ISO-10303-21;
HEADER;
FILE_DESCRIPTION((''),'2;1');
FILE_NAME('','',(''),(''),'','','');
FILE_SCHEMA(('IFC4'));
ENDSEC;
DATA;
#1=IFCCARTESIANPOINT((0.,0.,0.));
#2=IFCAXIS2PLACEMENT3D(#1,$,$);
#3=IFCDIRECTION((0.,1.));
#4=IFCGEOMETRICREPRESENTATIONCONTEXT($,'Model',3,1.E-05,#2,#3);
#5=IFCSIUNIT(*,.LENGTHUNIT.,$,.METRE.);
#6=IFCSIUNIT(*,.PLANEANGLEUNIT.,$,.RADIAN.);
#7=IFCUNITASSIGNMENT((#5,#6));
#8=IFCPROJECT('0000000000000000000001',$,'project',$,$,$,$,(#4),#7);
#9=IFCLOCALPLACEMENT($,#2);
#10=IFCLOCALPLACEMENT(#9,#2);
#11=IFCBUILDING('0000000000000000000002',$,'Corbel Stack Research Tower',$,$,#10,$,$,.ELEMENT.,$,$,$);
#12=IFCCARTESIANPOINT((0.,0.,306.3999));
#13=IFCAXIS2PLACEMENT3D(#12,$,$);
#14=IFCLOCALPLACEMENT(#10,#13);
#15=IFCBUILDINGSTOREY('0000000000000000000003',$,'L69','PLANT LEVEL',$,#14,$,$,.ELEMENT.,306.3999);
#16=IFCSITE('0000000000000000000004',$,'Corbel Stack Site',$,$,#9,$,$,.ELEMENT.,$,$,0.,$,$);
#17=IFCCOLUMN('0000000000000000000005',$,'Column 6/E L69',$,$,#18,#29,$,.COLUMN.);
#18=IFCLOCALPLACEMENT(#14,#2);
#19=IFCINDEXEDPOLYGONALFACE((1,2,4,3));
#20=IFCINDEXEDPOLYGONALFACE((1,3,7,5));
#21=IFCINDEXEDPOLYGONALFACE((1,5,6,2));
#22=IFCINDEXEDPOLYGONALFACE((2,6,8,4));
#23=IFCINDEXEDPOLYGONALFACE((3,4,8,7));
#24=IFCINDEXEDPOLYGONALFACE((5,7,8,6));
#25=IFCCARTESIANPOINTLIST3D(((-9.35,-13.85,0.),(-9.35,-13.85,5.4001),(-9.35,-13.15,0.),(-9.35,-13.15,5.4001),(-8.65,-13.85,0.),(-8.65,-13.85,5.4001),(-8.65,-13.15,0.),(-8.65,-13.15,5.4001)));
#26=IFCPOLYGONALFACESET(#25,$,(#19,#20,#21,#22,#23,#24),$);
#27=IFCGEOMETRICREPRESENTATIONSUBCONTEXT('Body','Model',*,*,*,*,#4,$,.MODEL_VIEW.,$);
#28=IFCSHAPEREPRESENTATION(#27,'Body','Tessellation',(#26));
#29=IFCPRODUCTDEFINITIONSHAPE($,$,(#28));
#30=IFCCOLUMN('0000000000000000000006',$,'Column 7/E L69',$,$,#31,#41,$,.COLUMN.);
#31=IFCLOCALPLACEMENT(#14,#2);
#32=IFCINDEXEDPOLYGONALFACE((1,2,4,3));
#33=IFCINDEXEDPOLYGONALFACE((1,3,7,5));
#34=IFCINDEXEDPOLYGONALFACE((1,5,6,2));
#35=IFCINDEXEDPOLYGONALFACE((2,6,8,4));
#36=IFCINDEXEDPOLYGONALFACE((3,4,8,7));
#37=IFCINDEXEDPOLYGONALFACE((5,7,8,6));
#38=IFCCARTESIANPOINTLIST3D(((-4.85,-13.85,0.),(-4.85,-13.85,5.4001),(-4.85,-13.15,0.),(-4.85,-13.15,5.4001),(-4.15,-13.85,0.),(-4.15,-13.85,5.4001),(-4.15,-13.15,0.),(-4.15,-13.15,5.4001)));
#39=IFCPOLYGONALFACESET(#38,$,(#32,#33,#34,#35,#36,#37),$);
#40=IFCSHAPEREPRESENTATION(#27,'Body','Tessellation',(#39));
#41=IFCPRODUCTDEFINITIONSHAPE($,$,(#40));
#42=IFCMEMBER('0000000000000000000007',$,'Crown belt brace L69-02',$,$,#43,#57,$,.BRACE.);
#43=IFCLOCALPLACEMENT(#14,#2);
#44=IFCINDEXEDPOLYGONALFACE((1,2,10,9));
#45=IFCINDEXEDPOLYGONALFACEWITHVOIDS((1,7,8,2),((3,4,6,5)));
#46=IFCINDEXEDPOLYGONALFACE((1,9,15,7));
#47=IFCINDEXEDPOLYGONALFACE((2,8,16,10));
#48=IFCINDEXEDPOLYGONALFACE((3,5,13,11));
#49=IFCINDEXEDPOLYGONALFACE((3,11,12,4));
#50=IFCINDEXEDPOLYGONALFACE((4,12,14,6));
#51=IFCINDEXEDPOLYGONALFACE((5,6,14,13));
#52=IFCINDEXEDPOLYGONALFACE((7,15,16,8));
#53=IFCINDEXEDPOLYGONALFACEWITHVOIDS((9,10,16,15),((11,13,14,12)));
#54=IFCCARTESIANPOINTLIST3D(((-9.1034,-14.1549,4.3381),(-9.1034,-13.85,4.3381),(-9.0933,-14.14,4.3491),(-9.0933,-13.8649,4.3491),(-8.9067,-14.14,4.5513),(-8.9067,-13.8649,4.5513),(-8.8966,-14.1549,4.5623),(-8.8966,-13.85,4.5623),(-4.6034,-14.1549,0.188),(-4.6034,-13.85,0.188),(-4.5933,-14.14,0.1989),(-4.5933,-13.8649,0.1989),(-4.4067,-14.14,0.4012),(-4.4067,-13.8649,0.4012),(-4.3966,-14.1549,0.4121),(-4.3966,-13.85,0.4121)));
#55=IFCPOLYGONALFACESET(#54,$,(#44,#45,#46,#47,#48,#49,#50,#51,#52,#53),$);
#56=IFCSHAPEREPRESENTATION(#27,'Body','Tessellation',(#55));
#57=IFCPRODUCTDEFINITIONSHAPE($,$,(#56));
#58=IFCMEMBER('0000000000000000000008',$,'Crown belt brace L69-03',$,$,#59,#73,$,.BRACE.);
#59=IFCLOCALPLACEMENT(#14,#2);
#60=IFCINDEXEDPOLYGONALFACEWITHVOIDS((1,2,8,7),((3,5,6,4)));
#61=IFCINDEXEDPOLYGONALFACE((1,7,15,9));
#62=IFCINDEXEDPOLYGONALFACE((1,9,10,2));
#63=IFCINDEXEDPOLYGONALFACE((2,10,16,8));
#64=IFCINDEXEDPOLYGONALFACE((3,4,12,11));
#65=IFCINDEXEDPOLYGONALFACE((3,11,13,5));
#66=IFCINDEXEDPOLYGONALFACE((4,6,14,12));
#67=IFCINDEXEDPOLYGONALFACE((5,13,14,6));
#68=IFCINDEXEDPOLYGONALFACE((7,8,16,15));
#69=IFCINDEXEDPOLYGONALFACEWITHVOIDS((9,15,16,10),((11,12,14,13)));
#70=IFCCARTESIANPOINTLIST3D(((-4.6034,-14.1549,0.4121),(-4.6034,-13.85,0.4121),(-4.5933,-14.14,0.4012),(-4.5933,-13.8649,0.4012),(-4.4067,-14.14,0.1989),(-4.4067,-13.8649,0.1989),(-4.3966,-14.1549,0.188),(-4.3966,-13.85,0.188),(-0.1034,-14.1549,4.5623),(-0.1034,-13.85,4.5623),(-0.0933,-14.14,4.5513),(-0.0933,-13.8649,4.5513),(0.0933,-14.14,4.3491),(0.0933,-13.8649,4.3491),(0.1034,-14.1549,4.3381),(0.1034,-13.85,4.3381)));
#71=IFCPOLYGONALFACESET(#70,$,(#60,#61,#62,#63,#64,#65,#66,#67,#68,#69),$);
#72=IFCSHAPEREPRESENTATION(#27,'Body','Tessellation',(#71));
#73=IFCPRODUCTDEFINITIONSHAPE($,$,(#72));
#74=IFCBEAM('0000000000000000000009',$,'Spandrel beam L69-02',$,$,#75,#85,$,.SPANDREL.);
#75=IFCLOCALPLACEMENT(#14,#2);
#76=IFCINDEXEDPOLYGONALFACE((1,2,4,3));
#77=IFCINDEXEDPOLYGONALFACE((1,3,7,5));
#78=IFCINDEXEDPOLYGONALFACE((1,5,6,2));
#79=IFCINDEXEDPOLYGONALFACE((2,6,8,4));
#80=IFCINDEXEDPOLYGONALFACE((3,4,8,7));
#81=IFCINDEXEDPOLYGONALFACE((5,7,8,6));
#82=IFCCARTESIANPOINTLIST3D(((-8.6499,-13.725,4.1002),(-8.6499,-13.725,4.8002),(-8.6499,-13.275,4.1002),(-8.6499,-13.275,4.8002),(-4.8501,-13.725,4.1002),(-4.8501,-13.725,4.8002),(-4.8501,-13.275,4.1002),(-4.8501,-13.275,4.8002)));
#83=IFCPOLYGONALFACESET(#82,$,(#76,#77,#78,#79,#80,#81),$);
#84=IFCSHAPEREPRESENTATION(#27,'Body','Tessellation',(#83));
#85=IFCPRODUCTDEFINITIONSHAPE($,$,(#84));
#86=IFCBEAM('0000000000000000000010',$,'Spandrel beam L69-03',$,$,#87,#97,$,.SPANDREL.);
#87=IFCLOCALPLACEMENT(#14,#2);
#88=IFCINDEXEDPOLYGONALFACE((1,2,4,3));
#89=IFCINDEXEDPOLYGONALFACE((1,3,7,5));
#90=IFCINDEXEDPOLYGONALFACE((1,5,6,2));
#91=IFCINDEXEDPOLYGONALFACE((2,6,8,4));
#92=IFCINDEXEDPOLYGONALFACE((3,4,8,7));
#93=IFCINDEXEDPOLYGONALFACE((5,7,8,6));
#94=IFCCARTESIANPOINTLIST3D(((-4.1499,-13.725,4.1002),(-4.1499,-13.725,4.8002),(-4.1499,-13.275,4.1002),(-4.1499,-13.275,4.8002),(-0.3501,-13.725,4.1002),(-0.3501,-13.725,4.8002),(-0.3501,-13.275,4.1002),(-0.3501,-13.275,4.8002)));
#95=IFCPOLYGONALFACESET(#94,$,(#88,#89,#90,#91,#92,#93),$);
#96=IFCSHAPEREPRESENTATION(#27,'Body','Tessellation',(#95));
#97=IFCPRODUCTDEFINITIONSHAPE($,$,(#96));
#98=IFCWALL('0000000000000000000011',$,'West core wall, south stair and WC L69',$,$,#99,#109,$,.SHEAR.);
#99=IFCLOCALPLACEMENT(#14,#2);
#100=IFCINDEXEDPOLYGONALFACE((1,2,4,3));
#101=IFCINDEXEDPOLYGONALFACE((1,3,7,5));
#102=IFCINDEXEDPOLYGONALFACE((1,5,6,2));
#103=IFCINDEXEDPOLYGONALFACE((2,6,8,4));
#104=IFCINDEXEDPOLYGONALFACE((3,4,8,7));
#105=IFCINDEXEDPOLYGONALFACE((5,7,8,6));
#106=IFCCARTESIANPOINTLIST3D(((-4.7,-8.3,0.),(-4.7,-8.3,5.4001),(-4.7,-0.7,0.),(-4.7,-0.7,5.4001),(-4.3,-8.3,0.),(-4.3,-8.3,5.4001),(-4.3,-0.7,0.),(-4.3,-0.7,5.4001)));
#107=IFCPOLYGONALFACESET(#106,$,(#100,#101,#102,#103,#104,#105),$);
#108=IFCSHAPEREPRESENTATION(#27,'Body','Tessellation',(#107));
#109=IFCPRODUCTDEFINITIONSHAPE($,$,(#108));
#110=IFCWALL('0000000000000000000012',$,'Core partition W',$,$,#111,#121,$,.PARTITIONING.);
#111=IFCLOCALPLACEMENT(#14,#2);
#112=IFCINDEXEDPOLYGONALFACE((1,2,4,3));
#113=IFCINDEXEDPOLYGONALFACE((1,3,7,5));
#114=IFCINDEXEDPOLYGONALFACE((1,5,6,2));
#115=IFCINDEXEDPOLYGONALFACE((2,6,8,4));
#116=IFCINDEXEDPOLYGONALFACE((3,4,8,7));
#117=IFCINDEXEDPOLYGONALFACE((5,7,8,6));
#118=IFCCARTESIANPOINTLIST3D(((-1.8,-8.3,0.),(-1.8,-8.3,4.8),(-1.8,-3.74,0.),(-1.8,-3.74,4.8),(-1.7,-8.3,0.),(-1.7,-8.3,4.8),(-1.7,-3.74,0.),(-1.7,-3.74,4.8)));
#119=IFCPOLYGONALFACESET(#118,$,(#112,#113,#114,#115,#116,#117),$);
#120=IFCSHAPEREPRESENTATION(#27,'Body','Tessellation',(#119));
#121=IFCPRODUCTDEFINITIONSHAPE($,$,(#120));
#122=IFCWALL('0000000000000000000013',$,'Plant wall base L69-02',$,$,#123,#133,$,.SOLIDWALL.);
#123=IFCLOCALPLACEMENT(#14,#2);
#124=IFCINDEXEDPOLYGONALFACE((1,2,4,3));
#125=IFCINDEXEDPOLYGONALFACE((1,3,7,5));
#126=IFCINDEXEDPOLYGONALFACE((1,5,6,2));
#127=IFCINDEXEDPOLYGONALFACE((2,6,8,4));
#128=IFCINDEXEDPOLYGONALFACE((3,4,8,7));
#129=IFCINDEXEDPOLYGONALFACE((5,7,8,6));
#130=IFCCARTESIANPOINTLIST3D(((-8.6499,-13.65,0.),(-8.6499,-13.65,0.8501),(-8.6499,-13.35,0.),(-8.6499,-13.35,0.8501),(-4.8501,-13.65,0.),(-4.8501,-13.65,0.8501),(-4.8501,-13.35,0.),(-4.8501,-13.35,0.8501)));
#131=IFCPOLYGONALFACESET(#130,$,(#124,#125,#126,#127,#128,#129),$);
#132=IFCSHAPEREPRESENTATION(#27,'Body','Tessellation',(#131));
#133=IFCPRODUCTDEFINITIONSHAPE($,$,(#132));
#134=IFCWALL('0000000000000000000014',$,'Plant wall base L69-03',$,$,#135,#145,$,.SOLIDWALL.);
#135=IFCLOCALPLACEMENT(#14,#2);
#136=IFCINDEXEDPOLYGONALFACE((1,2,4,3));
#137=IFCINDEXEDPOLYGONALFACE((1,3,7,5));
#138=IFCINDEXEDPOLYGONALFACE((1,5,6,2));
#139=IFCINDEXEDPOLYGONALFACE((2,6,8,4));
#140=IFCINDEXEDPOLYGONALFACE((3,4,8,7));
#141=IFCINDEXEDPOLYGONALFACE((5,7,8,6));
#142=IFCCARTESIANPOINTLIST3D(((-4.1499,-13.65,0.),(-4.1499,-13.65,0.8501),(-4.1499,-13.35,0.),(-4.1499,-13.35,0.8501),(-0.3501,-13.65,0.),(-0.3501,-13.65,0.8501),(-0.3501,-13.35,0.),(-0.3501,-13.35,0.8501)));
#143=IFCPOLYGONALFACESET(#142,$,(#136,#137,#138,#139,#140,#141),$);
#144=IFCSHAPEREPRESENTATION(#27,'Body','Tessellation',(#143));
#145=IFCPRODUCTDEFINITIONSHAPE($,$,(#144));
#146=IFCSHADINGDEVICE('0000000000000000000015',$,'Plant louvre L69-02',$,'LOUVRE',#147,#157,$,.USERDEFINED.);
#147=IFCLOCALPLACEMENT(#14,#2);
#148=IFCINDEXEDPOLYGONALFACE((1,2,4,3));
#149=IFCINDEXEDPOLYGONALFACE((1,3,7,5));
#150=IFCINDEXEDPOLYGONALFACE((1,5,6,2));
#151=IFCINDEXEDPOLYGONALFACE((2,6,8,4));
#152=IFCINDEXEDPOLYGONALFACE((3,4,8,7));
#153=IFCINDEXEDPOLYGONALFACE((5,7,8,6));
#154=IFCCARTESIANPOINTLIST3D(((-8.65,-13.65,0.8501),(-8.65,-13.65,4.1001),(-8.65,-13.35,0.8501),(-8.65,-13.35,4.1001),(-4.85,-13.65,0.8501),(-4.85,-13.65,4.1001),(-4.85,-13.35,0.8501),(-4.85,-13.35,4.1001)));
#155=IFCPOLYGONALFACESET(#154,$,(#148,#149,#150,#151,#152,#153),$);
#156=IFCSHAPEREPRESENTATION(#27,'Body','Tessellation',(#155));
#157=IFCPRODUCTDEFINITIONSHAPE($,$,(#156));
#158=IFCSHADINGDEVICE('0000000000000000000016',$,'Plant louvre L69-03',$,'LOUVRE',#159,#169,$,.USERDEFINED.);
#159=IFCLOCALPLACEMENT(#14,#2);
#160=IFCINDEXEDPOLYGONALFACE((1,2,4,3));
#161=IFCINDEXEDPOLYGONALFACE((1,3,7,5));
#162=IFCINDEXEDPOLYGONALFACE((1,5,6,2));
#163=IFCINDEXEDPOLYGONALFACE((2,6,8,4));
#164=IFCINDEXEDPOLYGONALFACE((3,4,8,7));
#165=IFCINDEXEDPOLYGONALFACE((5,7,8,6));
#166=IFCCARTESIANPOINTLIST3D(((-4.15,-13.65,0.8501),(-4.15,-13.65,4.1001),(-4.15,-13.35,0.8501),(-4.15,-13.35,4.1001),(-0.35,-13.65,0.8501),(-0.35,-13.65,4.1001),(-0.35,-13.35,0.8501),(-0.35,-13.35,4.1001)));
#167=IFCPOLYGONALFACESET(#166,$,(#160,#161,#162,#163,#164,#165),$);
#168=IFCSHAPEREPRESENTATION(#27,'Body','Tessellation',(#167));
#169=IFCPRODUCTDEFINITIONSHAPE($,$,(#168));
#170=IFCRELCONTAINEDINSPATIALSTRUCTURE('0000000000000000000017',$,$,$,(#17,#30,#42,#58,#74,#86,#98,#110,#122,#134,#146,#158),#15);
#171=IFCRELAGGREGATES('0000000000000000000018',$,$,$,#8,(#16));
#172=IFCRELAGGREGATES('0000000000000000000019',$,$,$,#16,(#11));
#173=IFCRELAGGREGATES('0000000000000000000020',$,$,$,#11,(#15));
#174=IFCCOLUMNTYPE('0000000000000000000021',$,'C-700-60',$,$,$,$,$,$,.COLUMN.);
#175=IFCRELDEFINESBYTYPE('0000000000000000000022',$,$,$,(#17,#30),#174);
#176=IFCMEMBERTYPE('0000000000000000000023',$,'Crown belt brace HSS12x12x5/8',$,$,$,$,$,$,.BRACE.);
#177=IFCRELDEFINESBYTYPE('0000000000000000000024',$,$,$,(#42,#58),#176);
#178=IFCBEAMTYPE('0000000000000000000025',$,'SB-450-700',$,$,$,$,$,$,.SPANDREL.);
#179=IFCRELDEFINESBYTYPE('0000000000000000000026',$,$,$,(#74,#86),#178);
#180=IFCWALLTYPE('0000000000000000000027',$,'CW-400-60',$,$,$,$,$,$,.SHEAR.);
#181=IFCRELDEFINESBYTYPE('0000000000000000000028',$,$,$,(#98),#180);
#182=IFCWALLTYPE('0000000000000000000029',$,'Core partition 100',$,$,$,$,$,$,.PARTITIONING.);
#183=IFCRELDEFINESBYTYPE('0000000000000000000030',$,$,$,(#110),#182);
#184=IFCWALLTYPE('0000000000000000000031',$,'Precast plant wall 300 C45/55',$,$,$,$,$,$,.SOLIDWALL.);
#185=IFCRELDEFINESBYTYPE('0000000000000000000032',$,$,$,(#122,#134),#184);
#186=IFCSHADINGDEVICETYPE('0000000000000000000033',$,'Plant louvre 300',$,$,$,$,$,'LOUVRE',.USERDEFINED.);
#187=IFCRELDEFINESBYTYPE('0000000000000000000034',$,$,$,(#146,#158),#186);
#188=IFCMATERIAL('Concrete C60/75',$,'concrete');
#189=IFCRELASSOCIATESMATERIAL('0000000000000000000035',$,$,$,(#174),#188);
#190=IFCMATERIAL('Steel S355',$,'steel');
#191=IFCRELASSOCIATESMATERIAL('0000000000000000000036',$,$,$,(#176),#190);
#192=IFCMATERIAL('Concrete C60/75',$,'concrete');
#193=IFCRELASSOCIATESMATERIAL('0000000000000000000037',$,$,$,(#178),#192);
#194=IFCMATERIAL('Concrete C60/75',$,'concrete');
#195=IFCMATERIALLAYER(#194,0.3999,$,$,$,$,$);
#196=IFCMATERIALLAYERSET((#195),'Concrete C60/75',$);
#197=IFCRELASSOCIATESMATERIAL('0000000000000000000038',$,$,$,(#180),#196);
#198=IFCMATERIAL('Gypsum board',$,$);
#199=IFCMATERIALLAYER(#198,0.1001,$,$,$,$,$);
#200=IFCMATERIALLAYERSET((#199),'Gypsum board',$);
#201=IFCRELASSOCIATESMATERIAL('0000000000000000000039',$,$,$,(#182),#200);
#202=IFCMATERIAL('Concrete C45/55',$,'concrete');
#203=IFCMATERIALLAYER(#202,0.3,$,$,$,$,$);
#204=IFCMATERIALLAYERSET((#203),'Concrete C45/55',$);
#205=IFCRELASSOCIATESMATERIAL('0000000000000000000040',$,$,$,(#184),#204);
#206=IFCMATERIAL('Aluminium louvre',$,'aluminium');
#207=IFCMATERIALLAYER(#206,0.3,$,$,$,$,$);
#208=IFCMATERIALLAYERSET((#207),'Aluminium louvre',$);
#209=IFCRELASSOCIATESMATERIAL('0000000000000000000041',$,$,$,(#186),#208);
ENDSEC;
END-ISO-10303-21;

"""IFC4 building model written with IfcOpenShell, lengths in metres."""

from ifc_helpers import new_model, si_unit, direction, frame, frame_2d, origin, origin_2d, place, context, subcontext, project, spatial, rectangle, hollow_rectangle, extrude, material, layer, layer_set, material_profile, profile_set, type_object, element, save


model = new_model("IFC4")

# Units and contexts
model_context = context("Model", 3, precision=1e-05, world=origin(), true_north=direction((0.0, 1.0)))
body_context = subcontext(model_context, "Body", "Model", "MODEL_VIEW")
ifc_project = project(units=[si_unit("LENGTHUNIT", "METRE"), si_unit("PLANEANGLEUNIT", "RADIAN")], contexts=[model_context])

# Site, building, storey
site_placement = place(None, origin())
site = spatial("IfcSite", under=ifc_project, at=site_placement, Name="Corbel Stack Site", CompositionType="ELEMENT", RefElevation=0.0)
building_placement = place(site_placement, origin())
building = spatial("IfcBuilding", under=site, at=building_placement, Name="Corbel Stack Research Tower", CompositionType="ELEMENT")
storey_placement = place(building_placement, frame((0.0, 0.0, 306.3999)))
storey = spatial("IfcBuildingStorey", under=building, at=storey_placement, Name="L69", Description="PLANT LEVEL", CompositionType="ELEMENT", Elevation=306.3999)

# Columns
ifc_material_1 = material(Name="Concrete C60/75", Category="concrete")
ifc_material_profile_1 = material_profile(ifc_material_1, rectangle(XDim=0.7, YDim=0.7, at=origin_2d()), Name="RC 700 x 700")
ifc_profile_set_1 = profile_set([ifc_material_profile_1], Name="Concrete C60/75")
column_type = type_object("IfcColumnType", Name="C-700-60", PredefinedType="COLUMN", material=ifc_profile_set_1)
for number, where, z_axis, x_axis, name in (
    (1, (-9.0, -13.5, 0.0), (0.0, 0.0, 1.0), (1.0, 0.0, 0.0), "Column 6/E L69"),
    (2, (-4.5, -13.5, 0.0), (0.0, 0.0, 1.0), (1.0, 0.0, 0.0), "Column 7/E L69"),
):
    element("IfcColumn", number, at=place(storey_placement, frame(where, z_axis=z_axis, x_axis=x_axis)), inside=storey, type_object=column_type, Name=name, PredefinedType="COLUMN", context=body_context, shape_type="SweptSolid", body=[
        extrude(rectangle(XDim=0.7, YDim=0.7, at=origin_2d()), origin(), (0.0, 0.0, 1.0), 5.4001),
    ])

# Members
ifc_material_2 = material(Name="Steel S355", Category="steel")
ifc_material_profile_2 = material_profile(ifc_material_2, hollow_rectangle(XDim=0.3049, YDim=0.3049, WallThickness=0.0149, at=origin_2d()), Name="HSS12x12x5/8")
ifc_profile_set_2 = profile_set([ifc_material_profile_2], Name="Steel S355")
member_type = type_object("IfcMemberType", Name="Crown belt brace HSS12x12x5/8", PredefinedType="BRACE", material=ifc_profile_set_2)
for number, where, z_axis, x_axis, name in (
    (3, (-4.5, -14.0024, 0.3), (-0.735105, 0.0, 0.677954), (0.0, -1.0, 0.0), "Crown belt brace L69-02"),
    (4, (-4.5, -14.0024, 0.3), (0.735105, 0.0, 0.677954), (0.0, 1.0, 0.0), "Crown belt brace L69-03"),
):
    element("IfcMember", number, at=place(storey_placement, frame(where, z_axis=z_axis, x_axis=x_axis)), inside=storey, type_object=member_type, Name=name, PredefinedType="BRACE", context=body_context, shape_type="SweptSolid", body=[
        extrude(hollow_rectangle(XDim=0.3049, YDim=0.3049, WallThickness=0.0149, at=origin_2d()), origin(), (0.0, 0.0, 1.0), 6.1216),
    ])

# Beams
ifc_material_3 = material(Name="Concrete C60/75", Category="concrete")
ifc_material_profile_3 = material_profile(ifc_material_3, rectangle(XDim=0.45, YDim=0.7, at=origin_2d()), Name="RC 450 x 700")
ifc_profile_set_3 = profile_set([ifc_material_profile_3], Name="Concrete C60/75")
beam_type = type_object("IfcBeamType", Name="SB-450-700", PredefinedType="SPANDREL", material=ifc_profile_set_3)
for number, where, z_axis, x_axis, name in (
    (5, (-8.6499, -13.5, 4.4502), (1.0, 0.0, 0.0), (0.0, 1.0, 0.0), "Spandrel beam L69-02"),
    (6, (-4.1499, -13.5, 4.4502), (1.0, 0.0, 0.0), (0.0, 1.0, 0.0), "Spandrel beam L69-03"),
):
    element("IfcBeam", number, at=place(storey_placement, frame(where, z_axis=z_axis, x_axis=x_axis)), inside=storey, type_object=beam_type, Name=name, PredefinedType="SPANDREL", context=body_context, shape_type="SweptSolid", body=[
        extrude(rectangle(XDim=0.45, YDim=0.7, at=origin_2d()), origin(), (0.0, 0.0, 1.0), 3.7998),
    ])

# Walls
ifc_material_4 = material(Name="Concrete C60/75", Category="concrete")
ifc_layer_1 = layer(ifc_material_4, 0.3999)
ifc_layer_set_1 = layer_set([ifc_layer_1], Name="Concrete C60/75")
wall_type_1 = type_object("IfcWallType", Name="CW-400-60", PredefinedType="SHEAR", material=ifc_layer_set_1)
wall_1_placement = place(storey_placement, frame((-4.5, -8.3, 0.0), z_axis=(0.0, 0.0, 1.0), x_axis=(0.0, 1.0, 0.0)))
element("IfcWall", 7, at=wall_1_placement, inside=storey, type_object=wall_type_1, Name="West core wall, south stair and WC L69", PredefinedType="SHEAR", context=body_context, shape_type="SweptSolid", body=[
    extrude(rectangle(XDim=7.6001, YDim=0.3999, at=frame_2d((3.8, 0.0))), origin(), (0.0, 0.0, 1.0), 5.4001),
])
ifc_material_5 = material(Name="Gypsum board")
ifc_layer_2 = layer(ifc_material_5, 0.1001)
ifc_layer_set_2 = layer_set([ifc_layer_2], Name="Gypsum board")
wall_type_2 = type_object("IfcWallType", Name="Core partition 100", PredefinedType="PARTITIONING", material=ifc_layer_set_2)
wall_2_placement = place(storey_placement, frame((-1.75, -8.3, 0.0), z_axis=(0.0, 0.0, 1.0), x_axis=(0.0, 1.0, 0.0)))
element("IfcWall", 8, at=wall_2_placement, inside=storey, type_object=wall_type_2, Name="Core partition W", PredefinedType="PARTITIONING", context=body_context, shape_type="SweptSolid", body=[
    extrude(rectangle(XDim=4.5601, YDim=0.1001, at=frame_2d((2.28, 0.0))), origin(), (0.0, 0.0, 1.0), 4.8),
])
ifc_material_6 = material(Name="Concrete C45/55", Category="concrete")
ifc_layer_3 = layer(ifc_material_6, 0.3)
ifc_layer_set_3 = layer_set([ifc_layer_3], Name="Concrete C45/55")
wall_type_3 = type_object("IfcWallType", Name="Precast plant wall 300 C45/55", PredefinedType="SOLIDWALL", material=ifc_layer_set_3)
for number, where, z_axis, x_axis, name in (
    (9, (-8.6499, -13.5, 0.0), (0.0, 0.0, 1.0), (1.0, 0.0, 0.0), "Plant wall base L69-02"),
    (10, (-4.1499, -13.5, 0.0), (0.0, 0.0, 1.0), (1.0, 0.0, 0.0), "Plant wall base L69-03"),
):
    element("IfcWall", number, at=place(storey_placement, frame(where, z_axis=z_axis, x_axis=x_axis)), inside=storey, type_object=wall_type_3, Name=name, PredefinedType="SOLIDWALL", context=body_context, shape_type="SweptSolid", body=[
        extrude(rectangle(XDim=3.7998, YDim=0.3, at=frame_2d((1.8999, 0.0))), origin(), (0.0, 0.0, 1.0), 0.8501),
    ])

# Shading devices
ifc_material_7 = material(Name="Aluminium louvre", Category="aluminium")
ifc_layer_4 = layer(ifc_material_7, 0.3)
ifc_layer_set_4 = layer_set([ifc_layer_4], Name="Aluminium louvre")
shading_device_type = type_object("IfcShadingDeviceType", Name="Plant louvre 300", ElementType="LOUVRE", PredefinedType="USERDEFINED", material=ifc_layer_set_4)
for number, where, z_axis, x_axis, name in (
    (11, (-6.75, -13.5, 0.8501), (0.0, 0.0, 1.0), (1.0, 0.0, 0.0), "Plant louvre L69-02"),
    (12, (-2.25, -13.5, 0.8501), (0.0, 0.0, 1.0), (1.0, 0.0, 0.0), "Plant louvre L69-03"),
):
    element("IfcShadingDevice", number, at=place(storey_placement, frame(where, z_axis=z_axis, x_axis=x_axis)), inside=storey, type_object=shading_device_type, Name=name, ObjectType="LOUVRE", PredefinedType="USERDEFINED", context=body_context, shape_type="SweptSolid", body=[
        extrude(rectangle(XDim=3.8, YDim=0.3, at=origin_2d()), origin(), (0.0, 0.0, 1.0), 3.25),
    ])

save(model, "model.ifc")
